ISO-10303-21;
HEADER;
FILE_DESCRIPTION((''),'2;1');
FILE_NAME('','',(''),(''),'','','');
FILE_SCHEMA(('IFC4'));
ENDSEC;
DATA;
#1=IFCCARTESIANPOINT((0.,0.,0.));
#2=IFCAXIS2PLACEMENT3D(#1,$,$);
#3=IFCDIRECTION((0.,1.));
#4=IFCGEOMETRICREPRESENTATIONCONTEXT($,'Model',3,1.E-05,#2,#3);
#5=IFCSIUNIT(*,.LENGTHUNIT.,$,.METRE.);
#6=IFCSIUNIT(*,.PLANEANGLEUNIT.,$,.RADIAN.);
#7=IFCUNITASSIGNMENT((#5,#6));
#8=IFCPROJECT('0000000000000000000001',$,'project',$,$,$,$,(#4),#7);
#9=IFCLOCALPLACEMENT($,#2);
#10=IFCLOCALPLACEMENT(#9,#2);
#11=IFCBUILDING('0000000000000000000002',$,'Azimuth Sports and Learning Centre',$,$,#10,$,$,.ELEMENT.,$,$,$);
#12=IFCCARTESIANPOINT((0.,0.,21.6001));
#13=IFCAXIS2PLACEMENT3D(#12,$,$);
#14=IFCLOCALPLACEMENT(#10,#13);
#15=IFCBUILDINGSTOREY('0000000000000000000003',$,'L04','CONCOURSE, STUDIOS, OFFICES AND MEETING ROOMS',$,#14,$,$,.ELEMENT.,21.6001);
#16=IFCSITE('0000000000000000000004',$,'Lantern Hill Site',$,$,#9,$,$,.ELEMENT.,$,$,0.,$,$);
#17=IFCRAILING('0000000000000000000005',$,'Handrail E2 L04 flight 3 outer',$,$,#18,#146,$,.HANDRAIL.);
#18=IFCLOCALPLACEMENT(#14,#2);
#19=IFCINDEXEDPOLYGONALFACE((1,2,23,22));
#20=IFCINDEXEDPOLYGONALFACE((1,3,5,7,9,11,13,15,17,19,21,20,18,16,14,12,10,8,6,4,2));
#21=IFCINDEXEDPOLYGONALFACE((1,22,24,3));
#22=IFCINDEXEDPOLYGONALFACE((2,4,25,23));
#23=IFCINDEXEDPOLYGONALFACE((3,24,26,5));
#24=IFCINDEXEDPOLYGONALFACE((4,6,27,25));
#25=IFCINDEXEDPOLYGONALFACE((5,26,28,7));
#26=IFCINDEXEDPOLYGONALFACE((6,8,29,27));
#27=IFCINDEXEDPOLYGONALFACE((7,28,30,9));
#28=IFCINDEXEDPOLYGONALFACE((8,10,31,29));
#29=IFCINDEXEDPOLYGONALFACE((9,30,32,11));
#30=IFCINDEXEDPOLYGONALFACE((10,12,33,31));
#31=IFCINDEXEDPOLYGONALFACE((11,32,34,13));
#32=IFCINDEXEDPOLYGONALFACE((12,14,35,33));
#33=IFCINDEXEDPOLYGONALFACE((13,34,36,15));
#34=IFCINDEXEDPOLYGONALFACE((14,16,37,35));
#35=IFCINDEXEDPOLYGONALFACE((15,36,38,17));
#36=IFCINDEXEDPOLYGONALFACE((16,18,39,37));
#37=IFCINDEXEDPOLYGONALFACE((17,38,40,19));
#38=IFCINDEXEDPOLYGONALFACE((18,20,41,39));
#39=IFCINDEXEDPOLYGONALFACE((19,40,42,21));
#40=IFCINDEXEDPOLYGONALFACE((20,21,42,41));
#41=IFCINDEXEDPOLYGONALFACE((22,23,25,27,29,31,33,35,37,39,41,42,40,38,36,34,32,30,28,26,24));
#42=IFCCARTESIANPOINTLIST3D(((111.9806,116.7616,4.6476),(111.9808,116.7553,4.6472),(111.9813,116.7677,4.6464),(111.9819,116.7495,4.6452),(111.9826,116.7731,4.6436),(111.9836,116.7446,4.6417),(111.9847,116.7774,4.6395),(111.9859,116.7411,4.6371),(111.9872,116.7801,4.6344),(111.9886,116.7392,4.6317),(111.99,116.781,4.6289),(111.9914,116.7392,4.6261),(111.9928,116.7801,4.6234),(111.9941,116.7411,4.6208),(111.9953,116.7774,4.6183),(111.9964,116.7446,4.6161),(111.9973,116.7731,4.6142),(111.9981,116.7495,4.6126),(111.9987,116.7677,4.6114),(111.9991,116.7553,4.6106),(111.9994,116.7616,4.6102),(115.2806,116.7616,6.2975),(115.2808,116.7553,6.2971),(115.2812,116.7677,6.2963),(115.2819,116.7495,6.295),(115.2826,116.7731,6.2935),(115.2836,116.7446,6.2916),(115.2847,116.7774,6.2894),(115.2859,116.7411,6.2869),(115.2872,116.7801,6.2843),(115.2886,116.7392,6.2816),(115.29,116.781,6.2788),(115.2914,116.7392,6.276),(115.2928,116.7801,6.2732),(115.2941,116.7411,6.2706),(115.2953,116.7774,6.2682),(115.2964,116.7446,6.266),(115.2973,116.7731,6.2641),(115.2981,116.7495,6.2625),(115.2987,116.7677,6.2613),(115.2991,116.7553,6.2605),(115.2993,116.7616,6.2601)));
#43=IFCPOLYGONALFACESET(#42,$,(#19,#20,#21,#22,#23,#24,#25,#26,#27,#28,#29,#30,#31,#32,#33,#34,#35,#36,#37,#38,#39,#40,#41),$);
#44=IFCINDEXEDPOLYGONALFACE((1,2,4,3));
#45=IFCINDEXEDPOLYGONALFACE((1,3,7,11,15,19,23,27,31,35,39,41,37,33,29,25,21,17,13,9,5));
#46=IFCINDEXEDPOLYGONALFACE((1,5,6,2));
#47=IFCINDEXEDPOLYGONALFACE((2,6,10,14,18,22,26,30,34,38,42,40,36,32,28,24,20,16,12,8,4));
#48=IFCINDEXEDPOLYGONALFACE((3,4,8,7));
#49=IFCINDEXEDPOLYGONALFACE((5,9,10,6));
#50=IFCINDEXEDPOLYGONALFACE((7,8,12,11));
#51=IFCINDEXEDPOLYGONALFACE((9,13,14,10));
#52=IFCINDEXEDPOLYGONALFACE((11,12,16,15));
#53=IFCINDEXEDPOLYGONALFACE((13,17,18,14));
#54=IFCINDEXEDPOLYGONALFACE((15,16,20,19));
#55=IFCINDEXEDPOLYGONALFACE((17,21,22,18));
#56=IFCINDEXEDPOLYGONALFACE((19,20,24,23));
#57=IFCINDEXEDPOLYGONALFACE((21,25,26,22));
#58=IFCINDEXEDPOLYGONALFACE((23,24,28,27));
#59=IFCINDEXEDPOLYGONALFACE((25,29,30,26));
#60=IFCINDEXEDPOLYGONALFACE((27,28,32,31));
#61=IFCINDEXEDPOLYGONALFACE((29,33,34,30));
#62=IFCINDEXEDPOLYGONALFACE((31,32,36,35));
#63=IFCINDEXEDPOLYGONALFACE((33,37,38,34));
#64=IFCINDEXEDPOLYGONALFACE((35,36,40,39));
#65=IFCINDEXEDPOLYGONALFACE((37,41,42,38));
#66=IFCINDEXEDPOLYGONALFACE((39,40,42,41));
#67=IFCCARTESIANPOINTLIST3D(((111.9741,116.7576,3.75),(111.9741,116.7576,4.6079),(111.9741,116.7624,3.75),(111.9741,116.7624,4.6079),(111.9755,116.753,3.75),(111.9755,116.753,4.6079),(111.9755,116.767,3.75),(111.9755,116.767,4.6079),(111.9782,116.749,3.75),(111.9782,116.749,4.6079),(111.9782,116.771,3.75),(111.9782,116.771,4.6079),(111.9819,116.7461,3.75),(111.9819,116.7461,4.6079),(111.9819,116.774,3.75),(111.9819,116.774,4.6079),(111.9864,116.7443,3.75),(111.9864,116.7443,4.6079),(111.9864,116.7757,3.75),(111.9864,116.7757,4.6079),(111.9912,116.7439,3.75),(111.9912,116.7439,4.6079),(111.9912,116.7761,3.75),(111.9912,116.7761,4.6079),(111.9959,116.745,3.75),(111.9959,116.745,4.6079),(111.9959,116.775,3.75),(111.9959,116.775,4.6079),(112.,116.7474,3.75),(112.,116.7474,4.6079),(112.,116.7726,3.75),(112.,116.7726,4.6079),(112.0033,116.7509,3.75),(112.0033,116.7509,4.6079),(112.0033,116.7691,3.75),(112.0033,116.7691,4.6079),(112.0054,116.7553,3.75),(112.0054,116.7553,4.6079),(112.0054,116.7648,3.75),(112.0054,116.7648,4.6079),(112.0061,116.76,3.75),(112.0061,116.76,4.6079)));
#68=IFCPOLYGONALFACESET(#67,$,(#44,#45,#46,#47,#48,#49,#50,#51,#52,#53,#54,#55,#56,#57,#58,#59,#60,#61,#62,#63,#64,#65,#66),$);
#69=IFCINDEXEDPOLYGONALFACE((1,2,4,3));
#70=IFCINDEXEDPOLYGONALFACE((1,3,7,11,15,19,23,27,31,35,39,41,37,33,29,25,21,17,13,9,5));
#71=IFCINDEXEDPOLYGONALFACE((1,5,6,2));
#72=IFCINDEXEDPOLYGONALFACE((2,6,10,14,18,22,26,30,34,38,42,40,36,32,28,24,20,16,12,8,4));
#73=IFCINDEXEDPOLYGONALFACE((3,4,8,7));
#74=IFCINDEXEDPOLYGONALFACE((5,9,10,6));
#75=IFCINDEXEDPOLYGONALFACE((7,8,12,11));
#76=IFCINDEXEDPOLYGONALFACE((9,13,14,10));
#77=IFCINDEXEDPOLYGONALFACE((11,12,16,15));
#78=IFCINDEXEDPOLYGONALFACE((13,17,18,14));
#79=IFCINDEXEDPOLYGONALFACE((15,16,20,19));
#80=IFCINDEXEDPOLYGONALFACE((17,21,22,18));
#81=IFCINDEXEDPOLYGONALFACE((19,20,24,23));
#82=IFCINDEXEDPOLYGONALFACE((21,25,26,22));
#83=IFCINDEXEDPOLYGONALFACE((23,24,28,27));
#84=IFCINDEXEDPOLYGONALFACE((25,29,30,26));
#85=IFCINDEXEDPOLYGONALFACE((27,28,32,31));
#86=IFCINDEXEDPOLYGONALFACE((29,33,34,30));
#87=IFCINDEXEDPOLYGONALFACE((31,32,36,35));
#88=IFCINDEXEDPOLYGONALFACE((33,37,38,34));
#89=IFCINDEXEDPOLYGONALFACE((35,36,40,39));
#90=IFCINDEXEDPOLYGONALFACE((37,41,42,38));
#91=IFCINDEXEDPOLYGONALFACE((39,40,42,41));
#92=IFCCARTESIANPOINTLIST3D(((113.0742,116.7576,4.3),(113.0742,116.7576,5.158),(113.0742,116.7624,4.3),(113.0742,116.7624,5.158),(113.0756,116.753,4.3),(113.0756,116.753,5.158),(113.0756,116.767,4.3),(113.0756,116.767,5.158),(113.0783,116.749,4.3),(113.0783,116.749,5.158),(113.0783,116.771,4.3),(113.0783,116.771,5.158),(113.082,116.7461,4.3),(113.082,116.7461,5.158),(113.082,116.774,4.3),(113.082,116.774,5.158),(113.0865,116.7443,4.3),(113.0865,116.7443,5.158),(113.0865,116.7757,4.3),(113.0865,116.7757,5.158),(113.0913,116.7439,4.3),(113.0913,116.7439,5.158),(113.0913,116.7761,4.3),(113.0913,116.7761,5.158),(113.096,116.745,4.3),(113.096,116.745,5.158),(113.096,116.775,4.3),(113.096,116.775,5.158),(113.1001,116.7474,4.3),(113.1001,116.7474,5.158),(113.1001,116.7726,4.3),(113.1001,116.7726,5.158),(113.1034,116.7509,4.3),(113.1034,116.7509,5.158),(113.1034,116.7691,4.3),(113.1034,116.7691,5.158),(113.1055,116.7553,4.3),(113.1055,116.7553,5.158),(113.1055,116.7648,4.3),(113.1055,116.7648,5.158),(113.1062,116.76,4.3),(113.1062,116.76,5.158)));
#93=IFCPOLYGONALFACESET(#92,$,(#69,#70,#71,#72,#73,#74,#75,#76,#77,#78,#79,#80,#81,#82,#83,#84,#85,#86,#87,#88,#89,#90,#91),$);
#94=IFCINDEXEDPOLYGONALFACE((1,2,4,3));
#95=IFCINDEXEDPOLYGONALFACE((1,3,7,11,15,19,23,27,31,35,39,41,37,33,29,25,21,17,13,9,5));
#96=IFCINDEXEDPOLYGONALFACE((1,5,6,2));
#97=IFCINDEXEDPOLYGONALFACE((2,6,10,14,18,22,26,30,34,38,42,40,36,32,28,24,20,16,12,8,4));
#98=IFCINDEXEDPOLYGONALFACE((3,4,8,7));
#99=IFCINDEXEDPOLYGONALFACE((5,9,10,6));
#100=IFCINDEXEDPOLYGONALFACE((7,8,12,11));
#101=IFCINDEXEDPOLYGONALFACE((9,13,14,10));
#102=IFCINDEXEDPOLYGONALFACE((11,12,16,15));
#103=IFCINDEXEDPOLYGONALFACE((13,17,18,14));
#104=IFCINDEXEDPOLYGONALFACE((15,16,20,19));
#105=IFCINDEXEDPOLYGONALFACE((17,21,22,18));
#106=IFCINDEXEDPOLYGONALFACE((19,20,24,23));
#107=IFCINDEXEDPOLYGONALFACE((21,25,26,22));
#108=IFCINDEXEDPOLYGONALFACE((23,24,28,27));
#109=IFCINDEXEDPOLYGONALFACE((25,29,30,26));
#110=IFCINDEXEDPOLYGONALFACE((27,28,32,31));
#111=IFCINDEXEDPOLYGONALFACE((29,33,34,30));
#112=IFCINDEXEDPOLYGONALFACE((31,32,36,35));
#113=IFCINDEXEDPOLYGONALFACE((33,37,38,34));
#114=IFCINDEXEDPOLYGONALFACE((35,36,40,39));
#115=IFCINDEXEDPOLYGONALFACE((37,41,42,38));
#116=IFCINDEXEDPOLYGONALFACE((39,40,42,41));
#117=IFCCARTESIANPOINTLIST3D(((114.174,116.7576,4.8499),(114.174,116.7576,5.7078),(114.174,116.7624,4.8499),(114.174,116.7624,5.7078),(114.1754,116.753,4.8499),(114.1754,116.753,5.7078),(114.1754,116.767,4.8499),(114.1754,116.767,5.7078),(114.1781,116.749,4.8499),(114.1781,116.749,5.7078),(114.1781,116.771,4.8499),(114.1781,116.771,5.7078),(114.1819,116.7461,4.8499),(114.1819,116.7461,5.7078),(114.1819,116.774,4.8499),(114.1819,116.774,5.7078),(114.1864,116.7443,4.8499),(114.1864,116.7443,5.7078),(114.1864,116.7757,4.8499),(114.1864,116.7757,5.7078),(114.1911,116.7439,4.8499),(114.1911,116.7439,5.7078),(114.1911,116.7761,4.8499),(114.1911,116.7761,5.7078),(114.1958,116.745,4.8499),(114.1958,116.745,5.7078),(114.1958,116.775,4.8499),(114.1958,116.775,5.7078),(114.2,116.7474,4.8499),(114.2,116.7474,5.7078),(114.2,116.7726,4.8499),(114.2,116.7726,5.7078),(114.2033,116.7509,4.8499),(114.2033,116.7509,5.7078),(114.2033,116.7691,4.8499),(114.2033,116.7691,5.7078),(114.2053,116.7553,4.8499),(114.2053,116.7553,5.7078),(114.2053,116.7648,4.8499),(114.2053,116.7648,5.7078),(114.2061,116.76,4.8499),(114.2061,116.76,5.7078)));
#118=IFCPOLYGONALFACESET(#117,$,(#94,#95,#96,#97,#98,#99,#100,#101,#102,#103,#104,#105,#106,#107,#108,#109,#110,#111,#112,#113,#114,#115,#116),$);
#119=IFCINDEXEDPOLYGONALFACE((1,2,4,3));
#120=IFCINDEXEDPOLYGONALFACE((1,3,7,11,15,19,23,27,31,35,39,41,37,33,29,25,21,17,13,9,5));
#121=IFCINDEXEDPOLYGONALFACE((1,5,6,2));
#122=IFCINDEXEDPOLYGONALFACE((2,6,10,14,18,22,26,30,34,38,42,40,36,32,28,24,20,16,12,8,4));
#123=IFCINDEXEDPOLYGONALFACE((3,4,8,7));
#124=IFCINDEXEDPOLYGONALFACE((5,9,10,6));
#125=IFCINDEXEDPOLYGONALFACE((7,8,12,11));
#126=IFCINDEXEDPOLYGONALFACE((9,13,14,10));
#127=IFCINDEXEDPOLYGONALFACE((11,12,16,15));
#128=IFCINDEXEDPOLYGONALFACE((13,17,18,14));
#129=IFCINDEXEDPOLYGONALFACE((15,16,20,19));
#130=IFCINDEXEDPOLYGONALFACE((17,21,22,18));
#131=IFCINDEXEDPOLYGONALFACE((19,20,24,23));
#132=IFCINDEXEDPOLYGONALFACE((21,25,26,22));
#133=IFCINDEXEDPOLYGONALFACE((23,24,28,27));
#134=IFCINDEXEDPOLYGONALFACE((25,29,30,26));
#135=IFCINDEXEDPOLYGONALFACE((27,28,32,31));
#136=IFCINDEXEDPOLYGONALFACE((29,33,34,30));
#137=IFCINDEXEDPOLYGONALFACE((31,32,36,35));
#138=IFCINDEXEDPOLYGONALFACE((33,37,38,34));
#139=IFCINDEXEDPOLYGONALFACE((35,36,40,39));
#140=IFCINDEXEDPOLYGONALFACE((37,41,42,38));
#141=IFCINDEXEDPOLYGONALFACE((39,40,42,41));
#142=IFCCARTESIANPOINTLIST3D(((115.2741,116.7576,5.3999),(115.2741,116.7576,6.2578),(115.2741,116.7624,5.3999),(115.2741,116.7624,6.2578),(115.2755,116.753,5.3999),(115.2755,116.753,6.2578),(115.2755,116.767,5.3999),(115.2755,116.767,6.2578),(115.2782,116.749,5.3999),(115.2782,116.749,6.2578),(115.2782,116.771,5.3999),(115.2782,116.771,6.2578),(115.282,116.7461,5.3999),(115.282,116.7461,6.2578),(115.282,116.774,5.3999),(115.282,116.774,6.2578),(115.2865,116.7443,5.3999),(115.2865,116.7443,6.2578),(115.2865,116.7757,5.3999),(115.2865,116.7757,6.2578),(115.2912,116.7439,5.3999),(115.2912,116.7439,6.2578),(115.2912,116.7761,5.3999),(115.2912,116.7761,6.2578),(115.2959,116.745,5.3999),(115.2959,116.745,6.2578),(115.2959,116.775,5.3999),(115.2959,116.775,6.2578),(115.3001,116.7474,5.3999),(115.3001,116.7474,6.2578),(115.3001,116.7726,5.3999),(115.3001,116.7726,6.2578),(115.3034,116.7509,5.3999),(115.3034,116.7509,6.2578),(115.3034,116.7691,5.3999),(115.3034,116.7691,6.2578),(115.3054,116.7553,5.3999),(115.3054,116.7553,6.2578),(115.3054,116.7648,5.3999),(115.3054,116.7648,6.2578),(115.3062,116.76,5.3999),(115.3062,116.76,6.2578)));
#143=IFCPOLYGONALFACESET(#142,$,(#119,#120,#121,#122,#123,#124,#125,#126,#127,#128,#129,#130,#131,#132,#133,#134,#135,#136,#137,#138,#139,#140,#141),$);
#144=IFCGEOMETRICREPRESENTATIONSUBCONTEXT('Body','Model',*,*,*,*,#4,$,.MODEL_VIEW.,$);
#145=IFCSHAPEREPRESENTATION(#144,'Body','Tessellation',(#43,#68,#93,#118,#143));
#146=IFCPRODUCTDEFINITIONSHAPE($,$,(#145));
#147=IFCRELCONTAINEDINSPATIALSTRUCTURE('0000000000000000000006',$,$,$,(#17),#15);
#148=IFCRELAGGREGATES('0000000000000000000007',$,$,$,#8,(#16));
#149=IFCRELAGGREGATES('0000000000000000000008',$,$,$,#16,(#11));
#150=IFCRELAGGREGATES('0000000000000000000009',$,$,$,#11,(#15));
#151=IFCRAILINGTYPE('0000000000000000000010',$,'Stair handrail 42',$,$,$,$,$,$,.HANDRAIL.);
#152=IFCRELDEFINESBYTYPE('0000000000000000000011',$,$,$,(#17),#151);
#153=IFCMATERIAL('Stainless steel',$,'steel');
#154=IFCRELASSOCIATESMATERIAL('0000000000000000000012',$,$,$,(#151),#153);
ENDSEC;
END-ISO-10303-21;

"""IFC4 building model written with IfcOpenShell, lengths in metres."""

from ifc_helpers import new_model, si_unit, direction, frame, origin, origin_2d, place, context, subcontext, project, spatial, circle, extrude, material, type_object, element, save


model = new_model("IFC4")

# Units and contexts
model_context = context("Model", 3, precision=1e-05, world=origin(), true_north=direction((0.0, 1.0)))
body_context = subcontext(model_context, "Body", "Model", "MODEL_VIEW")
ifc_project = project(units=[si_unit("LENGTHUNIT", "METRE"), si_unit("PLANEANGLEUNIT", "RADIAN")], contexts=[model_context])

# Site, building, storey
site_placement = place(None, origin())
site = spatial("IfcSite", under=ifc_project, at=site_placement, Name="Lantern Hill Site", CompositionType="ELEMENT", RefElevation=0.0)
building_placement = place(site_placement, origin())
building = spatial("IfcBuilding", under=site, at=building_placement, Name="Azimuth Sports and Learning Centre", CompositionType="ELEMENT")
storey_placement = place(building_placement, frame((0.0, 0.0, 21.6001)))
storey = spatial("IfcBuildingStorey", under=building, at=storey_placement, Name="L04", Description="CONCOURSE, STUDIOS, OFFICES AND MEETING ROOMS", CompositionType="ELEMENT", Elevation=21.6001)

# Railing
ifc_material_1 = material(Name="Stainless steel", Category="steel")
railing_type_1 = type_object("IfcRailingType", Name="Stair handrail 42", PredefinedType="HANDRAIL", material=ifc_material_1)
for number, where, name in (
    (1, (111.99, 116.76, 3.75), "Handrail E2 L04 flight 3 outer"),
):
    element("IfcRailing", number, at=place(storey_placement, frame(where)), inside=storey, type_object=railing_type_1, Name=name, PredefinedType="HANDRAIL", context=body_context, shape_type="SweptSolid", body=[
        extrude(circle(Radius=0.021, at=origin_2d()), frame((0.0, 0.0, 0.8789), z_axis=(0.89444, 0.0, 0.447187), x_axis=(0.0, 1.0, 0.0)), (0.0, 0.0, 1.0), 3.6895),
        extrude(circle(Radius=0.0161, at=origin_2d()), origin(), (0.0, 0.0, 1.0), 0.8579),
        extrude(circle(Radius=0.0161, at=origin_2d()), frame((1.1001, 0.0, 0.55)), (0.0, 0.0, 1.0), 0.8579),
        extrude(circle(Radius=0.0161, at=origin_2d()), frame((2.2, 0.0, 1.0999)), (0.0, 0.0, 1.0), 0.8579),
        extrude(circle(Radius=0.0161, at=origin_2d()), frame((3.3, 0.0, 1.6499)), (0.0, 0.0, 1.0), 0.8579),
    ])

save(model, "model.ifc")
